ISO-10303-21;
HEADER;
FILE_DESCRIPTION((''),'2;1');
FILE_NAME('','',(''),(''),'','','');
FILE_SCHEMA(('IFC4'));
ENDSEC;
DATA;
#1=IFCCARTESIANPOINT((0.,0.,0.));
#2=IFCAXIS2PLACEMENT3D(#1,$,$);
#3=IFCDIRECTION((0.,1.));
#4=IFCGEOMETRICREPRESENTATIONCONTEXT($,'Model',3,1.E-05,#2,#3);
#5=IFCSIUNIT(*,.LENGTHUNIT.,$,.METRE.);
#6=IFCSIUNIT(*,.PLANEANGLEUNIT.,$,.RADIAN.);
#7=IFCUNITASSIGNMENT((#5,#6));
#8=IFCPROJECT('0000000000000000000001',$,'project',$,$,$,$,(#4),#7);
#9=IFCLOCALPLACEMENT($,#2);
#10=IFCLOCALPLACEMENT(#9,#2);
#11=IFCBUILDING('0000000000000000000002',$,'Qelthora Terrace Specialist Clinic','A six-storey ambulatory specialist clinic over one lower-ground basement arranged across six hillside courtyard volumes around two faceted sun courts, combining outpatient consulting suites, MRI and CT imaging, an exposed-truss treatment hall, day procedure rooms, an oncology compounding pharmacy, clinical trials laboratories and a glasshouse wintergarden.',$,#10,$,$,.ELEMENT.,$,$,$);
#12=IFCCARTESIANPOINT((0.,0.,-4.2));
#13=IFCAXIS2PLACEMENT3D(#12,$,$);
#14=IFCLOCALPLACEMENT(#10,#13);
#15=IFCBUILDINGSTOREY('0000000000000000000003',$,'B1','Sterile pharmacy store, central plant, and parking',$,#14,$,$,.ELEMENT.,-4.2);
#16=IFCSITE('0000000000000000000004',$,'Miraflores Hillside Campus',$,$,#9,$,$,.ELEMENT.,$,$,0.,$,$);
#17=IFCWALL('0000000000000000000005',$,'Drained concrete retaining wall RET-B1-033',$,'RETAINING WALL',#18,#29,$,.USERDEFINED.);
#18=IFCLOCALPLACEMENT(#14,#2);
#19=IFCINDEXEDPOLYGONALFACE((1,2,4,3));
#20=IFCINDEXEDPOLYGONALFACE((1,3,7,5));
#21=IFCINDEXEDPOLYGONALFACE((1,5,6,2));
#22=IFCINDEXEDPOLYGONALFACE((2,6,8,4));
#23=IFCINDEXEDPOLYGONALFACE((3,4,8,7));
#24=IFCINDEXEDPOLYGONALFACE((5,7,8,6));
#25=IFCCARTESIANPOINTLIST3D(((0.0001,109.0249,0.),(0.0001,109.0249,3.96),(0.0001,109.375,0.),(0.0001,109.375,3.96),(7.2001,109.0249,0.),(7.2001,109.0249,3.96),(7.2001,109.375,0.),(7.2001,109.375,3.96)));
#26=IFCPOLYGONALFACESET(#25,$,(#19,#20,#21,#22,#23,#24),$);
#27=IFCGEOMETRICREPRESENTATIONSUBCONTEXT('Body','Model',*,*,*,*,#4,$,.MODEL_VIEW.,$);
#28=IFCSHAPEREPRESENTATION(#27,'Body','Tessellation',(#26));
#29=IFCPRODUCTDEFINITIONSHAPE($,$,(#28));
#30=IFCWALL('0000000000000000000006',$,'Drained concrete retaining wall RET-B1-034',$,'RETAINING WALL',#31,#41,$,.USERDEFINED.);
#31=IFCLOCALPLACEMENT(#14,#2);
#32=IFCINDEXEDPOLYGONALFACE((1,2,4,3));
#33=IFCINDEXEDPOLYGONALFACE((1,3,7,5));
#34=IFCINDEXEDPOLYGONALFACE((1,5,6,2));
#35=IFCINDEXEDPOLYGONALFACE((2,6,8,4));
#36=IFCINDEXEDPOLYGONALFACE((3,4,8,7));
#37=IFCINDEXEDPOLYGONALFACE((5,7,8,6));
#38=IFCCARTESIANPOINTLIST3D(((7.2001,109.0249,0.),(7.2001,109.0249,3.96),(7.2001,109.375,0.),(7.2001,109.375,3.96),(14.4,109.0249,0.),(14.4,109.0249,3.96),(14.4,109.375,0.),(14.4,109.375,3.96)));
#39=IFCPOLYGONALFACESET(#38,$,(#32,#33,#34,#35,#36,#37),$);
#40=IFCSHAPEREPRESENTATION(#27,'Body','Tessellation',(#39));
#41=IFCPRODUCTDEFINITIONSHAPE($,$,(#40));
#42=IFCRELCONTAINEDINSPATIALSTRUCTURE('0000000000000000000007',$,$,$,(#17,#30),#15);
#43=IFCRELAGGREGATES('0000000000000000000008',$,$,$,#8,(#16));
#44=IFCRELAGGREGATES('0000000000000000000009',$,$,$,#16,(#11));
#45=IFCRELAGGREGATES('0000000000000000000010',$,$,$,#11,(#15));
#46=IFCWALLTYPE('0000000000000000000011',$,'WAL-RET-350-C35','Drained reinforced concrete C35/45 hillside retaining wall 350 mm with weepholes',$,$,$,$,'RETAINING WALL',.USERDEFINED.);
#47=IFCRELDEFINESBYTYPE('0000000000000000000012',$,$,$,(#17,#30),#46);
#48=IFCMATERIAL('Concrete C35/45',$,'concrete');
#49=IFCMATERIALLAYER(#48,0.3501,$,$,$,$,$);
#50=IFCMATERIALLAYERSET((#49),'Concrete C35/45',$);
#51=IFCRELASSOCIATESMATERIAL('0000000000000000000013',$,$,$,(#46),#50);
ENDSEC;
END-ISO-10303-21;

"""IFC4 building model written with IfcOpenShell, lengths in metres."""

from ifc_helpers import new_model, si_unit, direction, frame, frame_2d, origin, place, context, subcontext, project, spatial, rectangle, extrude, material, layer, layer_set, type_object, element, save


model = new_model("IFC4")

# Units and contexts
model_context = context("Model", 3, precision=1e-05, world=origin(), true_north=direction((0.0, 1.0)))
body_context = subcontext(model_context, "Body", "Model", "MODEL_VIEW")
ifc_project = project(units=[si_unit("LENGTHUNIT", "METRE"), si_unit("PLANEANGLEUNIT", "RADIAN")], contexts=[model_context])

# Site, building, storey
site_placement = place(None, origin())
site = spatial("IfcSite", under=ifc_project, at=site_placement, Name="Miraflores Hillside Campus", CompositionType="ELEMENT", RefElevation=0.0)
building_placement = place(site_placement, origin())
building = spatial("IfcBuilding", under=site, at=building_placement, Name="Qelthora Terrace Specialist Clinic", Description="A six-storey ambulatory specialist clinic over one lower-ground basement arranged across six hillside courtyard volumes around two faceted sun courts, combining outpatient consulting suites, MRI and CT imaging, an exposed-truss treatment hall, day procedure rooms, an oncology compounding pharmacy, clinical trials laboratories and a glasshouse wintergarden.", CompositionType="ELEMENT")
storey_placement = place(building_placement, frame((0.0, 0.0, -4.2)))
storey = spatial("IfcBuildingStorey", under=building, at=storey_placement, Name="B1", Description="Sterile pharmacy store, central plant, and parking", CompositionType="ELEMENT", Elevation=-4.2)

# Shared definitions
ifc_material_1 = material(Name="Concrete C35/45", Category="concrete")

# Walls
ifc_layer_1 = layer(ifc_material_1, 0.3501)
ifc_layer_set_1 = layer_set([ifc_layer_1], Name="Concrete C35/45")
wall_type_1 = type_object("IfcWallType", Name="WAL-RET-350-C35", Description="Drained reinforced concrete C35/45 hillside retaining wall 350 mm with weepholes", ElementType="RETAINING WALL", PredefinedType="USERDEFINED", material=ifc_layer_set_1)
for number, where, z_axis, x_axis, name in (
    (1, (0.0, 109.2, 0.0), (0.0, 0.0, 1.0), (1.0, 0.0, 0.0), "Drained concrete retaining wall RET-B1-033"),
    (2, (7.2, 109.2, 0.0), (0.0, 0.0, 1.0), (1.0, 0.0, 0.0), "Drained concrete retaining wall RET-B1-034"),
):
    element("IfcWall", number, at=place(storey_placement, frame(where, z_axis=z_axis, x_axis=x_axis)), inside=storey, type_object=wall_type_1, Name=name, ObjectType="RETAINING WALL", PredefinedType="USERDEFINED", context=body_context, shape_type="SweptSolid", body=[
        extrude(rectangle(XDim=7.2, YDim=0.3501, at=frame_2d((3.6001, 0.0))), origin(), (0.0, 0.0, 1.0), 3.96),
    ])

save(model, "model.ifc")
